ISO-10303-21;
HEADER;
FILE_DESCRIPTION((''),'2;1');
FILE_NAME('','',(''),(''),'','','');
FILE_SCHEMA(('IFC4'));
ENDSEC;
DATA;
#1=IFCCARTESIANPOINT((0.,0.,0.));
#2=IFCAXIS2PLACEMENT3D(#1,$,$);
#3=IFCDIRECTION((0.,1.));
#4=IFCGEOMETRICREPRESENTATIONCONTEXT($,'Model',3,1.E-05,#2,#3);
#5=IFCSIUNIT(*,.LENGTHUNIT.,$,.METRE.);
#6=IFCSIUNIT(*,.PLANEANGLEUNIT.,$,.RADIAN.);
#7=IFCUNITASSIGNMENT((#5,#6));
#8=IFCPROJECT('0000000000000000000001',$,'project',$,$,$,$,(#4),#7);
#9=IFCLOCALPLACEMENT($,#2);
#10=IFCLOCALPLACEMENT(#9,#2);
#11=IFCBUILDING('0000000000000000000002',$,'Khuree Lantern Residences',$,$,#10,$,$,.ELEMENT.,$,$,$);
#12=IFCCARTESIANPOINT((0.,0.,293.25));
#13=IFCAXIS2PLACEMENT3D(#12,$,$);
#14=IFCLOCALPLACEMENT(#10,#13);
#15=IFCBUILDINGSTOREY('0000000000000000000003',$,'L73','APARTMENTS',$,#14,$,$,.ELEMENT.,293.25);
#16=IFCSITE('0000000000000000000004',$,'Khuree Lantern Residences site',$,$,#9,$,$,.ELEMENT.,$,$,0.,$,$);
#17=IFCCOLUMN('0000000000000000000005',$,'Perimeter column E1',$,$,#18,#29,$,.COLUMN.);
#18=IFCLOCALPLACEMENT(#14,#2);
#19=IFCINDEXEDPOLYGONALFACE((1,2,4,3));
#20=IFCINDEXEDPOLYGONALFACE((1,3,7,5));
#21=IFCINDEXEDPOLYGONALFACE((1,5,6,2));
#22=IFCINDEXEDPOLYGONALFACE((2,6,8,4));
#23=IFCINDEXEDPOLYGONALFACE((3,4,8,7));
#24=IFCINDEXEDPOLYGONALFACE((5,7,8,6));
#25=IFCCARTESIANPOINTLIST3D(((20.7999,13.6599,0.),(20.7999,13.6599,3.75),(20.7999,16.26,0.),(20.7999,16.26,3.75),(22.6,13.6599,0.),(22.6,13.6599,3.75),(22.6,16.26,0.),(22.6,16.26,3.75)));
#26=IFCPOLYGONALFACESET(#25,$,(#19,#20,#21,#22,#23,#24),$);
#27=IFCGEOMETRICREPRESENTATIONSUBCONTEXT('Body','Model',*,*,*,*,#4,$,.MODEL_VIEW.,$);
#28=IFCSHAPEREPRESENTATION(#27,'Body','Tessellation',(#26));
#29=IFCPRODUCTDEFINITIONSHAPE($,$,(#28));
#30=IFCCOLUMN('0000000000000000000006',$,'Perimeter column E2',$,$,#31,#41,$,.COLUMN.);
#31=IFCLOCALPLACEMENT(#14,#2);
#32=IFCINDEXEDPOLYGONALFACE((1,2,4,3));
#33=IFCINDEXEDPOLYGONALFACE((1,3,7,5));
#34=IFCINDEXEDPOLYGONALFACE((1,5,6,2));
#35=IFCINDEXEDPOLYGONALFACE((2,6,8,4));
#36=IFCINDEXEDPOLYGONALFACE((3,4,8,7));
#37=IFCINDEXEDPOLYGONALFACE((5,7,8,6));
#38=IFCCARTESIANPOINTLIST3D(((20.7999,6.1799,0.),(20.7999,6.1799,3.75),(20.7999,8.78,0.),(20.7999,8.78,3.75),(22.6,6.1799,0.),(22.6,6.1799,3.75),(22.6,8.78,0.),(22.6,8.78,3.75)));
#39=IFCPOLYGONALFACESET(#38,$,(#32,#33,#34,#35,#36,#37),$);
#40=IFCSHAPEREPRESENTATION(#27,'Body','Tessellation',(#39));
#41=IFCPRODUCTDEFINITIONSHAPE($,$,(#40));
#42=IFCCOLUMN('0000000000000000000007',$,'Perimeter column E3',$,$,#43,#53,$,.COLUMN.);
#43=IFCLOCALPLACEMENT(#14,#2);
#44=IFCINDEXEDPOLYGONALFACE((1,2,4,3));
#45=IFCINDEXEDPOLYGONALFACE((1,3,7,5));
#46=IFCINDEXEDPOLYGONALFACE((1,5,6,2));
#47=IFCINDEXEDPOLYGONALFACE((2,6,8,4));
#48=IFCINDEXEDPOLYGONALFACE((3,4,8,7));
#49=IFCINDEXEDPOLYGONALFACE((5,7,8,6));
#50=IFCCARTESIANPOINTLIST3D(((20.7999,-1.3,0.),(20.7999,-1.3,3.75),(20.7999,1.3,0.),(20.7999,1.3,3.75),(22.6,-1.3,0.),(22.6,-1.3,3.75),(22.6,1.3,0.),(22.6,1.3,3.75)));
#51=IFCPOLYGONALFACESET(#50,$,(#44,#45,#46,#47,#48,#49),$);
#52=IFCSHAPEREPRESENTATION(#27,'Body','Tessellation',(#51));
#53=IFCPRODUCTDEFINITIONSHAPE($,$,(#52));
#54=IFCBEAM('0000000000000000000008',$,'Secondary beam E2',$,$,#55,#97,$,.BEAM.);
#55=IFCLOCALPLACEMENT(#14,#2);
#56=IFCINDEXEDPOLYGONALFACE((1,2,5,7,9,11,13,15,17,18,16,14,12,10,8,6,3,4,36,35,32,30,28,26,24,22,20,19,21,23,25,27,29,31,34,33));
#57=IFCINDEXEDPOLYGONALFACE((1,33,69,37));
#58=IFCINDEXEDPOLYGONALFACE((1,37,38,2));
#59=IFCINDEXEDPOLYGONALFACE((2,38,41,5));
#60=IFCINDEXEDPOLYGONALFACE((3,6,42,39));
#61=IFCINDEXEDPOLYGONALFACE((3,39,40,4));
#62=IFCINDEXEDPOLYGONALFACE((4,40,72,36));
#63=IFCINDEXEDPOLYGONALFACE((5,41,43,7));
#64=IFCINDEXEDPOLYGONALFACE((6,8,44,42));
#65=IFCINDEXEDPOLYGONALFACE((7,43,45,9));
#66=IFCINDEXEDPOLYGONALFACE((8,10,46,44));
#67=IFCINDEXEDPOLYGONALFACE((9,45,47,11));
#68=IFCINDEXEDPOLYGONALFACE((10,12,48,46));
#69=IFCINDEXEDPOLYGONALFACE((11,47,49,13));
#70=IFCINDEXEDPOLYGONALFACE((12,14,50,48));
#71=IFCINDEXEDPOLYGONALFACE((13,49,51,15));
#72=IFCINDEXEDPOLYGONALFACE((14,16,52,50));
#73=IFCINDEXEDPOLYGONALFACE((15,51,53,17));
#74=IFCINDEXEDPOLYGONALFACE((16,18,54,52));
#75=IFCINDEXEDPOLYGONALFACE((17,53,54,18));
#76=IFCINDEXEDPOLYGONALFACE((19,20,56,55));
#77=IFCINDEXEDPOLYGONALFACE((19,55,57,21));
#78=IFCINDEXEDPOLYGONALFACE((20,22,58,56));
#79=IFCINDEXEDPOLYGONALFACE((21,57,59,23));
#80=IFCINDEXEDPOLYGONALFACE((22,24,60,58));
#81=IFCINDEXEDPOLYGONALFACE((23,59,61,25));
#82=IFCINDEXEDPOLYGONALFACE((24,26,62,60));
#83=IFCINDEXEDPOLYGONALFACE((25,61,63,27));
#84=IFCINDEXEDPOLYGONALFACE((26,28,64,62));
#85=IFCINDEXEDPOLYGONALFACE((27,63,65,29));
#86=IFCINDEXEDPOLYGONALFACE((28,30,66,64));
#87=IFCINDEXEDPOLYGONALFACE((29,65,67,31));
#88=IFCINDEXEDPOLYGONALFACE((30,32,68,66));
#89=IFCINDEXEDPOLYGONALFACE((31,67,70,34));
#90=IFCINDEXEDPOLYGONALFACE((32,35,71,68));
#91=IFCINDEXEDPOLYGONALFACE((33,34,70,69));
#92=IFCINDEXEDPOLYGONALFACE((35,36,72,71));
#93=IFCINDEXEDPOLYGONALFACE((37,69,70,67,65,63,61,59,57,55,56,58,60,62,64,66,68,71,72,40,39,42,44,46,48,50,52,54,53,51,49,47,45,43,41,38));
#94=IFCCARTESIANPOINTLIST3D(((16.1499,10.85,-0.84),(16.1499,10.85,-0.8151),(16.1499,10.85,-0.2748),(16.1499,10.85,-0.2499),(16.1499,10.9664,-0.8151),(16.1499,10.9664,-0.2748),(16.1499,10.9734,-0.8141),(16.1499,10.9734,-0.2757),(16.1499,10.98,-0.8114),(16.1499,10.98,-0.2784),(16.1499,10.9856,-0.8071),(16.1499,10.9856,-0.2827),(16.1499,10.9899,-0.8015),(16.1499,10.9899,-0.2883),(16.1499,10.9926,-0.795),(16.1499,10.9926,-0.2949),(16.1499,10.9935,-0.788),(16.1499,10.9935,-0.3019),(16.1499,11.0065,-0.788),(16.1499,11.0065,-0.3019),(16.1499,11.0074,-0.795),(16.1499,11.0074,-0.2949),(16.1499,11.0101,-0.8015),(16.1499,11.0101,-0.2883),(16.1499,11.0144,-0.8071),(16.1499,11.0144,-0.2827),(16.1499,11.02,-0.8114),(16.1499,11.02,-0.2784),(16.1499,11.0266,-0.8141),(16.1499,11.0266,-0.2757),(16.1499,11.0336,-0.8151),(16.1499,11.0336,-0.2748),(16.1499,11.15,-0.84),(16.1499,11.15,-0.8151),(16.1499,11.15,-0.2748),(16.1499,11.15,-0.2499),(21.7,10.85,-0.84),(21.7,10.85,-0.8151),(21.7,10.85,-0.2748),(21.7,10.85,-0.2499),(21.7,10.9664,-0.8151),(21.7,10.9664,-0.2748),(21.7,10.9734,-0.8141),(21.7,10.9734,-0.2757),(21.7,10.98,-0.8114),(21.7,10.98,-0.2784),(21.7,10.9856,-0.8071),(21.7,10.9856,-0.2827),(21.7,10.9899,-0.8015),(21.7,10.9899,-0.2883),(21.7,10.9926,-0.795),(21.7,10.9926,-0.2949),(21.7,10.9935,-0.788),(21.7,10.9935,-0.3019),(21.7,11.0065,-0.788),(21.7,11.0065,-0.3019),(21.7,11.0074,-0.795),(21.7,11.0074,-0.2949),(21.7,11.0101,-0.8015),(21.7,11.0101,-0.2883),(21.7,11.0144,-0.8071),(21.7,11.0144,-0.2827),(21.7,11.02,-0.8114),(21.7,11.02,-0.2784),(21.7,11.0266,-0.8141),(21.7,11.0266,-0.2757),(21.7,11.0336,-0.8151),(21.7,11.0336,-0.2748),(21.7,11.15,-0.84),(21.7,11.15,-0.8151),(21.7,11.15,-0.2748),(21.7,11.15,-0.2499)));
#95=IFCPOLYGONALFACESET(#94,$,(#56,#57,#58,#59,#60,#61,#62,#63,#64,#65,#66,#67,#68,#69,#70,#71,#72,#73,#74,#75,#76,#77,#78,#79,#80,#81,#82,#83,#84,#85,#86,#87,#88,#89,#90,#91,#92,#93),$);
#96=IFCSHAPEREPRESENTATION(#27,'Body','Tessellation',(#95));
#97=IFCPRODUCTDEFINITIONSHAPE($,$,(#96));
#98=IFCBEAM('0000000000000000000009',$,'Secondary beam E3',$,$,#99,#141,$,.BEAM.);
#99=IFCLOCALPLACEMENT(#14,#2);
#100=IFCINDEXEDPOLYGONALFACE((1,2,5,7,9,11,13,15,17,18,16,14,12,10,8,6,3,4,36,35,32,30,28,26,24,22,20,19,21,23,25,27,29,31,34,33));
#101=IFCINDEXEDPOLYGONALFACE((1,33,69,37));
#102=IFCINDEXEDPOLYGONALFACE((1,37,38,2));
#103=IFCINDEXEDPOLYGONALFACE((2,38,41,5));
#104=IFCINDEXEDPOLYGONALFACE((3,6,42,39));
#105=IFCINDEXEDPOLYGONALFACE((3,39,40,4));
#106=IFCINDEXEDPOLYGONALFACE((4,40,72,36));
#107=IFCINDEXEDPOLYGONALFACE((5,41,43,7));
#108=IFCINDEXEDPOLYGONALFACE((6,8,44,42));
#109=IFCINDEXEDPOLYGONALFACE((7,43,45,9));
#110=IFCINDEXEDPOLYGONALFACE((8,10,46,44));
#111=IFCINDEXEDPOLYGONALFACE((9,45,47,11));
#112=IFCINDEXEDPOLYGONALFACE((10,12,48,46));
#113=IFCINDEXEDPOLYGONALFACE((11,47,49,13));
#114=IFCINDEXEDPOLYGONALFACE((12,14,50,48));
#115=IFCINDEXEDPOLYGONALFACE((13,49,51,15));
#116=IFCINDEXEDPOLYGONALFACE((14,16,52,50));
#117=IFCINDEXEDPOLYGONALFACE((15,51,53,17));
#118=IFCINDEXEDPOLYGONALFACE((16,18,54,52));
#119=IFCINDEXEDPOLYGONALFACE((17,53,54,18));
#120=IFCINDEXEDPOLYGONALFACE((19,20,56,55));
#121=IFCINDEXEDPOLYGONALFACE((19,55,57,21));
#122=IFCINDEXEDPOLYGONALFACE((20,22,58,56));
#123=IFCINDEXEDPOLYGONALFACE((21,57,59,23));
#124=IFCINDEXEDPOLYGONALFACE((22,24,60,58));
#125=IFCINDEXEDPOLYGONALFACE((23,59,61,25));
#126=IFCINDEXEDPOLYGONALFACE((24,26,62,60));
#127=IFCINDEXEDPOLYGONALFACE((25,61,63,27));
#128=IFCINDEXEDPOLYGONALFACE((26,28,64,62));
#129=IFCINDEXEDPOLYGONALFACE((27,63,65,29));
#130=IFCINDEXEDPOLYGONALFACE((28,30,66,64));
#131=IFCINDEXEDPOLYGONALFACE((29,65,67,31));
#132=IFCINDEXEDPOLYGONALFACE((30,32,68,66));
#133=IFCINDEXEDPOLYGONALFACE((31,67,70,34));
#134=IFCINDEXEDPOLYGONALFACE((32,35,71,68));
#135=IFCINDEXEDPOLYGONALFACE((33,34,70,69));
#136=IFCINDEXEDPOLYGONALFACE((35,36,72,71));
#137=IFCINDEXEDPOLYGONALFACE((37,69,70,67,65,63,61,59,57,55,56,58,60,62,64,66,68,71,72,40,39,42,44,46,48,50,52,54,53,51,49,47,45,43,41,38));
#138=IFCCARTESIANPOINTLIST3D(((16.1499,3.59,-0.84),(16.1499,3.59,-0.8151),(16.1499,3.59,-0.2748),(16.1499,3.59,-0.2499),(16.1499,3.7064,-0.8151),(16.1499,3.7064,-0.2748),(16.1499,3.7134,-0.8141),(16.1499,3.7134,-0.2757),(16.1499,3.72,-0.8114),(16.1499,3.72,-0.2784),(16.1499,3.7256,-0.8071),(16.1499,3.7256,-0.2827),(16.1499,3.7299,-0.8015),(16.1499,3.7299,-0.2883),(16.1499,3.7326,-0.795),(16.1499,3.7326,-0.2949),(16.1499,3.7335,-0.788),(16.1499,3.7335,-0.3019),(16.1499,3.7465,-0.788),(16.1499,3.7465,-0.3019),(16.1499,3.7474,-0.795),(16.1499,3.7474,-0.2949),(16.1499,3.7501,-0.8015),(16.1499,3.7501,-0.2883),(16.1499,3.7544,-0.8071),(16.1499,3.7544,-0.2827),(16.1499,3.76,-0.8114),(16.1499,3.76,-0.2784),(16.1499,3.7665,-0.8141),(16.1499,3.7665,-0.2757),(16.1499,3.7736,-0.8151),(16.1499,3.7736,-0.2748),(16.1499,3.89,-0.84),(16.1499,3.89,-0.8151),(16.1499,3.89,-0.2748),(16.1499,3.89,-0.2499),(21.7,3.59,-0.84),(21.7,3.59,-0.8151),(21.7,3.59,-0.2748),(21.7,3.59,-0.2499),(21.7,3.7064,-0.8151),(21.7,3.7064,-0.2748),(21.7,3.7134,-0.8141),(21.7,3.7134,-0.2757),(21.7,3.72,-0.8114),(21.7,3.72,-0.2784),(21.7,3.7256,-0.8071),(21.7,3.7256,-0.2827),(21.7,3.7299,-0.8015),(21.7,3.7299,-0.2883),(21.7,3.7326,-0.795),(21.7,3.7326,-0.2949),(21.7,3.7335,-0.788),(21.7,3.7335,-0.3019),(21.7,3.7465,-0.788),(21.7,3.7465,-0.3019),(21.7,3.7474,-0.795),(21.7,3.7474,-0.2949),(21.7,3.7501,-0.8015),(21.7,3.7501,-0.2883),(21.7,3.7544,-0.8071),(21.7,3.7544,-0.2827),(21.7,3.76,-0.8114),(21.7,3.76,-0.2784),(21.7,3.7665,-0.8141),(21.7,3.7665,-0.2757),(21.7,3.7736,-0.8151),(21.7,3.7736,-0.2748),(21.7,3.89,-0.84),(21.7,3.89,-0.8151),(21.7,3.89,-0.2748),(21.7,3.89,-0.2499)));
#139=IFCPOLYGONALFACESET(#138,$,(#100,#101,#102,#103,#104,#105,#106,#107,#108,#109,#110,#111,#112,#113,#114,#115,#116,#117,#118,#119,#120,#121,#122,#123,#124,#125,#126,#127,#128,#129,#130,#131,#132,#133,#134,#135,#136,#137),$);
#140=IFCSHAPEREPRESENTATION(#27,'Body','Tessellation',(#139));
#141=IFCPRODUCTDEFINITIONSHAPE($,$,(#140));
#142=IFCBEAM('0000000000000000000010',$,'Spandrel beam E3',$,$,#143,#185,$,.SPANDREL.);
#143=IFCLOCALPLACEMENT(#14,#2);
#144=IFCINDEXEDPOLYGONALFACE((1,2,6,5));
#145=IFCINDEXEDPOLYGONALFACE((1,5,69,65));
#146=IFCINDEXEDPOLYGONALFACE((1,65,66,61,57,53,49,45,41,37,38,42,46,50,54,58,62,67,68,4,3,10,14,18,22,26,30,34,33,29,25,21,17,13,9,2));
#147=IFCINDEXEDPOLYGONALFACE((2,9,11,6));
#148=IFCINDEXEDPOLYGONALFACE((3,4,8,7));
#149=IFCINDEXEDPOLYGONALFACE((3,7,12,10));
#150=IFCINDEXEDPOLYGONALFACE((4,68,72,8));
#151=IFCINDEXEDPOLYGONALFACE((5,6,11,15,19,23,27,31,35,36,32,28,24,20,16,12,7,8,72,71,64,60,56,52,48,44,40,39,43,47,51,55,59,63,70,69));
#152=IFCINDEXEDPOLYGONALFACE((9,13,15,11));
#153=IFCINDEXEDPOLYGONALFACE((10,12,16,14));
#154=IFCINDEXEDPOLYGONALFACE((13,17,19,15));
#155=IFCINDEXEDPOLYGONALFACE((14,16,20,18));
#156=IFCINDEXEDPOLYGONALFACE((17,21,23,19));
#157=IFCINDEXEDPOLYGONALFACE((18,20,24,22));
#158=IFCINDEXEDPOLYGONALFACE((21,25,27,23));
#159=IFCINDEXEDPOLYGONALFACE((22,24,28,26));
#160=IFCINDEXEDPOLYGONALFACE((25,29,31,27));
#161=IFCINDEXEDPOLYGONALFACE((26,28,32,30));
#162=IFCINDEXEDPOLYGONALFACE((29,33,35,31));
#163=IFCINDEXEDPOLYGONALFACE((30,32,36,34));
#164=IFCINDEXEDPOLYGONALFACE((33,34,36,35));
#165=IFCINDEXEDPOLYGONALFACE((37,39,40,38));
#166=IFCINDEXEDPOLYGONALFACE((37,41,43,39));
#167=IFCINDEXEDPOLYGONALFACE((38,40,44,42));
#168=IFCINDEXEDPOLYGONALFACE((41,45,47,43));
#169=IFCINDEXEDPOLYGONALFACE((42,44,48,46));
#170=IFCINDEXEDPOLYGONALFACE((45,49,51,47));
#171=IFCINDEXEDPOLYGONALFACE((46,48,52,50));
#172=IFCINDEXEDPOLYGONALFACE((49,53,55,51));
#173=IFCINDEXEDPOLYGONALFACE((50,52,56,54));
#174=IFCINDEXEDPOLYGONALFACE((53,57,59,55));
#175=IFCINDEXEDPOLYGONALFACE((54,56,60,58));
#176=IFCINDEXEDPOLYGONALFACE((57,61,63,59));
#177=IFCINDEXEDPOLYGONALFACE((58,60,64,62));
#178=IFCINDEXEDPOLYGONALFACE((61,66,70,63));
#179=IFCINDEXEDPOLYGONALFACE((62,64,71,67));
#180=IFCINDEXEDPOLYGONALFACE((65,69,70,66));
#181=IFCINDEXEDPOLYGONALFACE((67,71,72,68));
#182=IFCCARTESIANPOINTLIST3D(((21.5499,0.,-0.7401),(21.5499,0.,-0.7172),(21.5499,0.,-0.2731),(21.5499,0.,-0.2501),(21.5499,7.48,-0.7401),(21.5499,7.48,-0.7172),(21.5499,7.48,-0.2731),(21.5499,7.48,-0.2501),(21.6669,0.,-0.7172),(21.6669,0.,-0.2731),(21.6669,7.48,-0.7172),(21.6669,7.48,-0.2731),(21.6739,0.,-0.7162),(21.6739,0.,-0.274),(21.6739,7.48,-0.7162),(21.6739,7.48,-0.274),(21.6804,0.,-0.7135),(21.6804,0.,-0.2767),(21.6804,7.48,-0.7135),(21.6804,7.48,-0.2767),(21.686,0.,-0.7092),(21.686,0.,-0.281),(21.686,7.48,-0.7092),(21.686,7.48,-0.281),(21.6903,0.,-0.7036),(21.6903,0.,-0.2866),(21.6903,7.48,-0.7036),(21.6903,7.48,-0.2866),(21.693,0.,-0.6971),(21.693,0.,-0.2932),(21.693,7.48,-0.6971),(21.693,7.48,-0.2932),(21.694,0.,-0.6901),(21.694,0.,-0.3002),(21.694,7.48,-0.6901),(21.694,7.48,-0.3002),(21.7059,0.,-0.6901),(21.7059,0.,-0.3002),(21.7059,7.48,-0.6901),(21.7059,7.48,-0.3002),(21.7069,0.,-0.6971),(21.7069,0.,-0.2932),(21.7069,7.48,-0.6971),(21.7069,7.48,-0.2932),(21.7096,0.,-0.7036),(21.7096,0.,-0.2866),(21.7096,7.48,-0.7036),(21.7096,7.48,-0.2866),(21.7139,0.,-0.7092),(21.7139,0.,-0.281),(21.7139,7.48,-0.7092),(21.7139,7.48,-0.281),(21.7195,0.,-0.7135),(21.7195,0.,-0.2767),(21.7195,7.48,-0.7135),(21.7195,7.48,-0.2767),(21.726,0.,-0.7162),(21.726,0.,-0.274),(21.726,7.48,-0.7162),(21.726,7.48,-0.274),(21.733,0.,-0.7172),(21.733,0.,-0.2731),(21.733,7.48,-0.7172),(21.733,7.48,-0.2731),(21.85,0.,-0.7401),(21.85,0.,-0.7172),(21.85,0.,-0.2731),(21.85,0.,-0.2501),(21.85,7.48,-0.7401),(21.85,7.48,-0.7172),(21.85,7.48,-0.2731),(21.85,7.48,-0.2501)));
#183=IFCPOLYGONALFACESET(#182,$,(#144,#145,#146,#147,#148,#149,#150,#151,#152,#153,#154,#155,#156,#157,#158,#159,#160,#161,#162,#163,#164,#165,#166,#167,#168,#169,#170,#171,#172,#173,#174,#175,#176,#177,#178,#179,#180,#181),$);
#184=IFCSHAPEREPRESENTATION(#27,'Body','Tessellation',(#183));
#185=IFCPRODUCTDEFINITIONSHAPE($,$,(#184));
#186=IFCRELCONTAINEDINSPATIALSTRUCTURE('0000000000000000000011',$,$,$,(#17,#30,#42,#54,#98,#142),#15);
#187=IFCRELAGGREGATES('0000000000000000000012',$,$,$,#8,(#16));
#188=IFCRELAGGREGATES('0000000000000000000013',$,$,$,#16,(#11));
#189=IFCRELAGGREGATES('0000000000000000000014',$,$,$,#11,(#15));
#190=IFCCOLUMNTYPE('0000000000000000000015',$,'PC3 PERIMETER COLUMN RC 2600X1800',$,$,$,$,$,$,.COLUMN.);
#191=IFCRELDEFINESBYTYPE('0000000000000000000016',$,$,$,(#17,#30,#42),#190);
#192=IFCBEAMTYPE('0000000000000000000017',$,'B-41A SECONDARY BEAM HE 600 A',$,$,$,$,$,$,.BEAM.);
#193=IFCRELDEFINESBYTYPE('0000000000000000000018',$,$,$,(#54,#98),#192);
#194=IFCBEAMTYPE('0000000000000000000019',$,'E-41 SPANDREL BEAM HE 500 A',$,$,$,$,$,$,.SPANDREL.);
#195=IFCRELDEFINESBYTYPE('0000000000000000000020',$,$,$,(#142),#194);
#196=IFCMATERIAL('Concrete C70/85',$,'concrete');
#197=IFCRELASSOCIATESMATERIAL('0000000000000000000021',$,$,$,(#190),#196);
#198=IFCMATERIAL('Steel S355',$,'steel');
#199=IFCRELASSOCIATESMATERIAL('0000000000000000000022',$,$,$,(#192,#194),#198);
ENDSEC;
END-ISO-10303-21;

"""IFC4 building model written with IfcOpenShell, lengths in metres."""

from ifc_helpers import new_model, si_unit, direction, frame, origin, origin_2d, place, context, subcontext, project, spatial, rectangle, i_section, extrude, material, material_profile, profile_set, type_object, element, save


model = new_model("IFC4")

# Units and contexts
model_context = context("Model", 3, precision=1e-05, world=origin(), true_north=direction((0.0, 1.0)))
body_context = subcontext(model_context, "Body", "Model", "MODEL_VIEW")
ifc_project = project(units=[si_unit("LENGTHUNIT", "METRE"), si_unit("PLANEANGLEUNIT", "RADIAN")], contexts=[model_context])

# Site, building, storey
site_placement = place(None, origin())
site = spatial("IfcSite", under=ifc_project, at=site_placement, Name="Khuree Lantern Residences site", CompositionType="ELEMENT", RefElevation=0.0)
building_placement = place(site_placement, origin())
building = spatial("IfcBuilding", under=site, at=building_placement, Name="Khuree Lantern Residences", CompositionType="ELEMENT")
storey_placement = place(building_placement, frame((0.0, 0.0, 293.25)))
storey = spatial("IfcBuildingStorey", under=building, at=storey_placement, Name="L73", Description="APARTMENTS", CompositionType="ELEMENT", Elevation=293.25)

# Columns
ifc_material_1 = material(Name="Concrete C70/85", Category="concrete")
ifc_material_profile_1 = material_profile(ifc_material_1, rectangle(XDim=2.6001, YDim=1.8, at=origin_2d()), Name="RC 2600X1800")
ifc_profile_set_1 = profile_set([ifc_material_profile_1], Name="Concrete C70/85")
column_type = type_object("IfcColumnType", Name="PC3 PERIMETER COLUMN RC 2600X1800", PredefinedType="COLUMN", material=ifc_profile_set_1)
for number, where, z_axis, x_axis, name in (
    (1, (21.7, 14.96, 0.0), (0.0, 0.0, 1.0), (0.0, 1.0, 0.0), "Perimeter column E1"),
    (2, (21.7, 7.48, 0.0), (0.0, 0.0, 1.0), (0.0, 1.0, 0.0), "Perimeter column E2"),
    (3, (21.7, 0.0, 0.0), (0.0, 0.0, 1.0), (0.0, 1.0, 0.0), "Perimeter column E3"),
):
    element("IfcColumn", number, at=place(storey_placement, frame(where, z_axis=z_axis, x_axis=x_axis)), inside=storey, type_object=column_type, Name=name, PredefinedType="COLUMN", context=body_context, shape_type="SweptSolid", body=[
        extrude(rectangle(XDim=2.6001, YDim=1.8, at=origin_2d()), origin(), (0.0, 0.0, 1.0), 3.75),
    ])

# Beams
ifc_material_2 = material(Name="Steel S355", Category="steel")
ifc_material_profile_2 = material_profile(ifc_material_2, i_section(OverallWidth=0.3, OverallDepth=0.5901, WebThickness=0.0129, FlangeThickness=0.0249, FilletRadius=0.0271, at=origin_2d()), Name="HE 600 A")
ifc_profile_set_2 = profile_set([ifc_material_profile_2], Name="Steel S355")
beam_type_1 = type_object("IfcBeamType", Name="B-41A SECONDARY BEAM HE 600 A", PredefinedType="BEAM", material=ifc_profile_set_2)
for number, where, z_axis, x_axis, name in (
    (4, (21.7, 11.0, -0.5449), (-1.0, 0.0, 0.0), (0.0, -1.0, 0.0), "Secondary beam E2"),
    (5, (21.7, 3.74, -0.5449), (-1.0, 0.0, 0.0), (0.0, -1.0, 0.0), "Secondary beam E3"),
):
    element("IfcBeam", number, at=place(storey_placement, frame(where, z_axis=z_axis, x_axis=x_axis)), inside=storey, type_object=beam_type_1, Name=name, PredefinedType="BEAM", context=body_context, shape_type="SweptSolid", body=[
        extrude(i_section(OverallWidth=0.3, OverallDepth=0.5901, WebThickness=0.0129, FlangeThickness=0.0249, FilletRadius=0.0271, at=origin_2d()), origin(), (0.0, 0.0, 1.0), 5.55),
    ])
ifc_material_profile_3 = material_profile(ifc_material_2, i_section(OverallWidth=0.3, OverallDepth=0.49, WebThickness=0.012, FlangeThickness=0.0229, FilletRadius=0.0271, at=origin_2d()), Name="HE 500 A")
ifc_profile_set_3 = profile_set([ifc_material_profile_3], Name="Steel S355")
beam_type_2 = type_object("IfcBeamType", Name="E-41 SPANDREL BEAM HE 500 A", PredefinedType="SPANDREL", material=ifc_profile_set_3)
for number, where, z_axis, x_axis, name in (
    (6, (21.7, 7.48, -0.4951), (0.0, -1.0, 0.0), (1.0, 0.0, 0.0), "Spandrel beam E3"),
):
    element("IfcBeam", number, at=place(storey_placement, frame(where, z_axis=z_axis, x_axis=x_axis)), inside=storey, type_object=beam_type_2, Name=name, PredefinedType="SPANDREL", context=body_context, shape_type="SweptSolid", body=[
        extrude(i_section(OverallWidth=0.3, OverallDepth=0.49, WebThickness=0.012, FlangeThickness=0.0229, FilletRadius=0.0271, at=origin_2d()), origin(), (0.0, 0.0, 1.0), 7.48),
    ])

save(model, "model.ifc")
